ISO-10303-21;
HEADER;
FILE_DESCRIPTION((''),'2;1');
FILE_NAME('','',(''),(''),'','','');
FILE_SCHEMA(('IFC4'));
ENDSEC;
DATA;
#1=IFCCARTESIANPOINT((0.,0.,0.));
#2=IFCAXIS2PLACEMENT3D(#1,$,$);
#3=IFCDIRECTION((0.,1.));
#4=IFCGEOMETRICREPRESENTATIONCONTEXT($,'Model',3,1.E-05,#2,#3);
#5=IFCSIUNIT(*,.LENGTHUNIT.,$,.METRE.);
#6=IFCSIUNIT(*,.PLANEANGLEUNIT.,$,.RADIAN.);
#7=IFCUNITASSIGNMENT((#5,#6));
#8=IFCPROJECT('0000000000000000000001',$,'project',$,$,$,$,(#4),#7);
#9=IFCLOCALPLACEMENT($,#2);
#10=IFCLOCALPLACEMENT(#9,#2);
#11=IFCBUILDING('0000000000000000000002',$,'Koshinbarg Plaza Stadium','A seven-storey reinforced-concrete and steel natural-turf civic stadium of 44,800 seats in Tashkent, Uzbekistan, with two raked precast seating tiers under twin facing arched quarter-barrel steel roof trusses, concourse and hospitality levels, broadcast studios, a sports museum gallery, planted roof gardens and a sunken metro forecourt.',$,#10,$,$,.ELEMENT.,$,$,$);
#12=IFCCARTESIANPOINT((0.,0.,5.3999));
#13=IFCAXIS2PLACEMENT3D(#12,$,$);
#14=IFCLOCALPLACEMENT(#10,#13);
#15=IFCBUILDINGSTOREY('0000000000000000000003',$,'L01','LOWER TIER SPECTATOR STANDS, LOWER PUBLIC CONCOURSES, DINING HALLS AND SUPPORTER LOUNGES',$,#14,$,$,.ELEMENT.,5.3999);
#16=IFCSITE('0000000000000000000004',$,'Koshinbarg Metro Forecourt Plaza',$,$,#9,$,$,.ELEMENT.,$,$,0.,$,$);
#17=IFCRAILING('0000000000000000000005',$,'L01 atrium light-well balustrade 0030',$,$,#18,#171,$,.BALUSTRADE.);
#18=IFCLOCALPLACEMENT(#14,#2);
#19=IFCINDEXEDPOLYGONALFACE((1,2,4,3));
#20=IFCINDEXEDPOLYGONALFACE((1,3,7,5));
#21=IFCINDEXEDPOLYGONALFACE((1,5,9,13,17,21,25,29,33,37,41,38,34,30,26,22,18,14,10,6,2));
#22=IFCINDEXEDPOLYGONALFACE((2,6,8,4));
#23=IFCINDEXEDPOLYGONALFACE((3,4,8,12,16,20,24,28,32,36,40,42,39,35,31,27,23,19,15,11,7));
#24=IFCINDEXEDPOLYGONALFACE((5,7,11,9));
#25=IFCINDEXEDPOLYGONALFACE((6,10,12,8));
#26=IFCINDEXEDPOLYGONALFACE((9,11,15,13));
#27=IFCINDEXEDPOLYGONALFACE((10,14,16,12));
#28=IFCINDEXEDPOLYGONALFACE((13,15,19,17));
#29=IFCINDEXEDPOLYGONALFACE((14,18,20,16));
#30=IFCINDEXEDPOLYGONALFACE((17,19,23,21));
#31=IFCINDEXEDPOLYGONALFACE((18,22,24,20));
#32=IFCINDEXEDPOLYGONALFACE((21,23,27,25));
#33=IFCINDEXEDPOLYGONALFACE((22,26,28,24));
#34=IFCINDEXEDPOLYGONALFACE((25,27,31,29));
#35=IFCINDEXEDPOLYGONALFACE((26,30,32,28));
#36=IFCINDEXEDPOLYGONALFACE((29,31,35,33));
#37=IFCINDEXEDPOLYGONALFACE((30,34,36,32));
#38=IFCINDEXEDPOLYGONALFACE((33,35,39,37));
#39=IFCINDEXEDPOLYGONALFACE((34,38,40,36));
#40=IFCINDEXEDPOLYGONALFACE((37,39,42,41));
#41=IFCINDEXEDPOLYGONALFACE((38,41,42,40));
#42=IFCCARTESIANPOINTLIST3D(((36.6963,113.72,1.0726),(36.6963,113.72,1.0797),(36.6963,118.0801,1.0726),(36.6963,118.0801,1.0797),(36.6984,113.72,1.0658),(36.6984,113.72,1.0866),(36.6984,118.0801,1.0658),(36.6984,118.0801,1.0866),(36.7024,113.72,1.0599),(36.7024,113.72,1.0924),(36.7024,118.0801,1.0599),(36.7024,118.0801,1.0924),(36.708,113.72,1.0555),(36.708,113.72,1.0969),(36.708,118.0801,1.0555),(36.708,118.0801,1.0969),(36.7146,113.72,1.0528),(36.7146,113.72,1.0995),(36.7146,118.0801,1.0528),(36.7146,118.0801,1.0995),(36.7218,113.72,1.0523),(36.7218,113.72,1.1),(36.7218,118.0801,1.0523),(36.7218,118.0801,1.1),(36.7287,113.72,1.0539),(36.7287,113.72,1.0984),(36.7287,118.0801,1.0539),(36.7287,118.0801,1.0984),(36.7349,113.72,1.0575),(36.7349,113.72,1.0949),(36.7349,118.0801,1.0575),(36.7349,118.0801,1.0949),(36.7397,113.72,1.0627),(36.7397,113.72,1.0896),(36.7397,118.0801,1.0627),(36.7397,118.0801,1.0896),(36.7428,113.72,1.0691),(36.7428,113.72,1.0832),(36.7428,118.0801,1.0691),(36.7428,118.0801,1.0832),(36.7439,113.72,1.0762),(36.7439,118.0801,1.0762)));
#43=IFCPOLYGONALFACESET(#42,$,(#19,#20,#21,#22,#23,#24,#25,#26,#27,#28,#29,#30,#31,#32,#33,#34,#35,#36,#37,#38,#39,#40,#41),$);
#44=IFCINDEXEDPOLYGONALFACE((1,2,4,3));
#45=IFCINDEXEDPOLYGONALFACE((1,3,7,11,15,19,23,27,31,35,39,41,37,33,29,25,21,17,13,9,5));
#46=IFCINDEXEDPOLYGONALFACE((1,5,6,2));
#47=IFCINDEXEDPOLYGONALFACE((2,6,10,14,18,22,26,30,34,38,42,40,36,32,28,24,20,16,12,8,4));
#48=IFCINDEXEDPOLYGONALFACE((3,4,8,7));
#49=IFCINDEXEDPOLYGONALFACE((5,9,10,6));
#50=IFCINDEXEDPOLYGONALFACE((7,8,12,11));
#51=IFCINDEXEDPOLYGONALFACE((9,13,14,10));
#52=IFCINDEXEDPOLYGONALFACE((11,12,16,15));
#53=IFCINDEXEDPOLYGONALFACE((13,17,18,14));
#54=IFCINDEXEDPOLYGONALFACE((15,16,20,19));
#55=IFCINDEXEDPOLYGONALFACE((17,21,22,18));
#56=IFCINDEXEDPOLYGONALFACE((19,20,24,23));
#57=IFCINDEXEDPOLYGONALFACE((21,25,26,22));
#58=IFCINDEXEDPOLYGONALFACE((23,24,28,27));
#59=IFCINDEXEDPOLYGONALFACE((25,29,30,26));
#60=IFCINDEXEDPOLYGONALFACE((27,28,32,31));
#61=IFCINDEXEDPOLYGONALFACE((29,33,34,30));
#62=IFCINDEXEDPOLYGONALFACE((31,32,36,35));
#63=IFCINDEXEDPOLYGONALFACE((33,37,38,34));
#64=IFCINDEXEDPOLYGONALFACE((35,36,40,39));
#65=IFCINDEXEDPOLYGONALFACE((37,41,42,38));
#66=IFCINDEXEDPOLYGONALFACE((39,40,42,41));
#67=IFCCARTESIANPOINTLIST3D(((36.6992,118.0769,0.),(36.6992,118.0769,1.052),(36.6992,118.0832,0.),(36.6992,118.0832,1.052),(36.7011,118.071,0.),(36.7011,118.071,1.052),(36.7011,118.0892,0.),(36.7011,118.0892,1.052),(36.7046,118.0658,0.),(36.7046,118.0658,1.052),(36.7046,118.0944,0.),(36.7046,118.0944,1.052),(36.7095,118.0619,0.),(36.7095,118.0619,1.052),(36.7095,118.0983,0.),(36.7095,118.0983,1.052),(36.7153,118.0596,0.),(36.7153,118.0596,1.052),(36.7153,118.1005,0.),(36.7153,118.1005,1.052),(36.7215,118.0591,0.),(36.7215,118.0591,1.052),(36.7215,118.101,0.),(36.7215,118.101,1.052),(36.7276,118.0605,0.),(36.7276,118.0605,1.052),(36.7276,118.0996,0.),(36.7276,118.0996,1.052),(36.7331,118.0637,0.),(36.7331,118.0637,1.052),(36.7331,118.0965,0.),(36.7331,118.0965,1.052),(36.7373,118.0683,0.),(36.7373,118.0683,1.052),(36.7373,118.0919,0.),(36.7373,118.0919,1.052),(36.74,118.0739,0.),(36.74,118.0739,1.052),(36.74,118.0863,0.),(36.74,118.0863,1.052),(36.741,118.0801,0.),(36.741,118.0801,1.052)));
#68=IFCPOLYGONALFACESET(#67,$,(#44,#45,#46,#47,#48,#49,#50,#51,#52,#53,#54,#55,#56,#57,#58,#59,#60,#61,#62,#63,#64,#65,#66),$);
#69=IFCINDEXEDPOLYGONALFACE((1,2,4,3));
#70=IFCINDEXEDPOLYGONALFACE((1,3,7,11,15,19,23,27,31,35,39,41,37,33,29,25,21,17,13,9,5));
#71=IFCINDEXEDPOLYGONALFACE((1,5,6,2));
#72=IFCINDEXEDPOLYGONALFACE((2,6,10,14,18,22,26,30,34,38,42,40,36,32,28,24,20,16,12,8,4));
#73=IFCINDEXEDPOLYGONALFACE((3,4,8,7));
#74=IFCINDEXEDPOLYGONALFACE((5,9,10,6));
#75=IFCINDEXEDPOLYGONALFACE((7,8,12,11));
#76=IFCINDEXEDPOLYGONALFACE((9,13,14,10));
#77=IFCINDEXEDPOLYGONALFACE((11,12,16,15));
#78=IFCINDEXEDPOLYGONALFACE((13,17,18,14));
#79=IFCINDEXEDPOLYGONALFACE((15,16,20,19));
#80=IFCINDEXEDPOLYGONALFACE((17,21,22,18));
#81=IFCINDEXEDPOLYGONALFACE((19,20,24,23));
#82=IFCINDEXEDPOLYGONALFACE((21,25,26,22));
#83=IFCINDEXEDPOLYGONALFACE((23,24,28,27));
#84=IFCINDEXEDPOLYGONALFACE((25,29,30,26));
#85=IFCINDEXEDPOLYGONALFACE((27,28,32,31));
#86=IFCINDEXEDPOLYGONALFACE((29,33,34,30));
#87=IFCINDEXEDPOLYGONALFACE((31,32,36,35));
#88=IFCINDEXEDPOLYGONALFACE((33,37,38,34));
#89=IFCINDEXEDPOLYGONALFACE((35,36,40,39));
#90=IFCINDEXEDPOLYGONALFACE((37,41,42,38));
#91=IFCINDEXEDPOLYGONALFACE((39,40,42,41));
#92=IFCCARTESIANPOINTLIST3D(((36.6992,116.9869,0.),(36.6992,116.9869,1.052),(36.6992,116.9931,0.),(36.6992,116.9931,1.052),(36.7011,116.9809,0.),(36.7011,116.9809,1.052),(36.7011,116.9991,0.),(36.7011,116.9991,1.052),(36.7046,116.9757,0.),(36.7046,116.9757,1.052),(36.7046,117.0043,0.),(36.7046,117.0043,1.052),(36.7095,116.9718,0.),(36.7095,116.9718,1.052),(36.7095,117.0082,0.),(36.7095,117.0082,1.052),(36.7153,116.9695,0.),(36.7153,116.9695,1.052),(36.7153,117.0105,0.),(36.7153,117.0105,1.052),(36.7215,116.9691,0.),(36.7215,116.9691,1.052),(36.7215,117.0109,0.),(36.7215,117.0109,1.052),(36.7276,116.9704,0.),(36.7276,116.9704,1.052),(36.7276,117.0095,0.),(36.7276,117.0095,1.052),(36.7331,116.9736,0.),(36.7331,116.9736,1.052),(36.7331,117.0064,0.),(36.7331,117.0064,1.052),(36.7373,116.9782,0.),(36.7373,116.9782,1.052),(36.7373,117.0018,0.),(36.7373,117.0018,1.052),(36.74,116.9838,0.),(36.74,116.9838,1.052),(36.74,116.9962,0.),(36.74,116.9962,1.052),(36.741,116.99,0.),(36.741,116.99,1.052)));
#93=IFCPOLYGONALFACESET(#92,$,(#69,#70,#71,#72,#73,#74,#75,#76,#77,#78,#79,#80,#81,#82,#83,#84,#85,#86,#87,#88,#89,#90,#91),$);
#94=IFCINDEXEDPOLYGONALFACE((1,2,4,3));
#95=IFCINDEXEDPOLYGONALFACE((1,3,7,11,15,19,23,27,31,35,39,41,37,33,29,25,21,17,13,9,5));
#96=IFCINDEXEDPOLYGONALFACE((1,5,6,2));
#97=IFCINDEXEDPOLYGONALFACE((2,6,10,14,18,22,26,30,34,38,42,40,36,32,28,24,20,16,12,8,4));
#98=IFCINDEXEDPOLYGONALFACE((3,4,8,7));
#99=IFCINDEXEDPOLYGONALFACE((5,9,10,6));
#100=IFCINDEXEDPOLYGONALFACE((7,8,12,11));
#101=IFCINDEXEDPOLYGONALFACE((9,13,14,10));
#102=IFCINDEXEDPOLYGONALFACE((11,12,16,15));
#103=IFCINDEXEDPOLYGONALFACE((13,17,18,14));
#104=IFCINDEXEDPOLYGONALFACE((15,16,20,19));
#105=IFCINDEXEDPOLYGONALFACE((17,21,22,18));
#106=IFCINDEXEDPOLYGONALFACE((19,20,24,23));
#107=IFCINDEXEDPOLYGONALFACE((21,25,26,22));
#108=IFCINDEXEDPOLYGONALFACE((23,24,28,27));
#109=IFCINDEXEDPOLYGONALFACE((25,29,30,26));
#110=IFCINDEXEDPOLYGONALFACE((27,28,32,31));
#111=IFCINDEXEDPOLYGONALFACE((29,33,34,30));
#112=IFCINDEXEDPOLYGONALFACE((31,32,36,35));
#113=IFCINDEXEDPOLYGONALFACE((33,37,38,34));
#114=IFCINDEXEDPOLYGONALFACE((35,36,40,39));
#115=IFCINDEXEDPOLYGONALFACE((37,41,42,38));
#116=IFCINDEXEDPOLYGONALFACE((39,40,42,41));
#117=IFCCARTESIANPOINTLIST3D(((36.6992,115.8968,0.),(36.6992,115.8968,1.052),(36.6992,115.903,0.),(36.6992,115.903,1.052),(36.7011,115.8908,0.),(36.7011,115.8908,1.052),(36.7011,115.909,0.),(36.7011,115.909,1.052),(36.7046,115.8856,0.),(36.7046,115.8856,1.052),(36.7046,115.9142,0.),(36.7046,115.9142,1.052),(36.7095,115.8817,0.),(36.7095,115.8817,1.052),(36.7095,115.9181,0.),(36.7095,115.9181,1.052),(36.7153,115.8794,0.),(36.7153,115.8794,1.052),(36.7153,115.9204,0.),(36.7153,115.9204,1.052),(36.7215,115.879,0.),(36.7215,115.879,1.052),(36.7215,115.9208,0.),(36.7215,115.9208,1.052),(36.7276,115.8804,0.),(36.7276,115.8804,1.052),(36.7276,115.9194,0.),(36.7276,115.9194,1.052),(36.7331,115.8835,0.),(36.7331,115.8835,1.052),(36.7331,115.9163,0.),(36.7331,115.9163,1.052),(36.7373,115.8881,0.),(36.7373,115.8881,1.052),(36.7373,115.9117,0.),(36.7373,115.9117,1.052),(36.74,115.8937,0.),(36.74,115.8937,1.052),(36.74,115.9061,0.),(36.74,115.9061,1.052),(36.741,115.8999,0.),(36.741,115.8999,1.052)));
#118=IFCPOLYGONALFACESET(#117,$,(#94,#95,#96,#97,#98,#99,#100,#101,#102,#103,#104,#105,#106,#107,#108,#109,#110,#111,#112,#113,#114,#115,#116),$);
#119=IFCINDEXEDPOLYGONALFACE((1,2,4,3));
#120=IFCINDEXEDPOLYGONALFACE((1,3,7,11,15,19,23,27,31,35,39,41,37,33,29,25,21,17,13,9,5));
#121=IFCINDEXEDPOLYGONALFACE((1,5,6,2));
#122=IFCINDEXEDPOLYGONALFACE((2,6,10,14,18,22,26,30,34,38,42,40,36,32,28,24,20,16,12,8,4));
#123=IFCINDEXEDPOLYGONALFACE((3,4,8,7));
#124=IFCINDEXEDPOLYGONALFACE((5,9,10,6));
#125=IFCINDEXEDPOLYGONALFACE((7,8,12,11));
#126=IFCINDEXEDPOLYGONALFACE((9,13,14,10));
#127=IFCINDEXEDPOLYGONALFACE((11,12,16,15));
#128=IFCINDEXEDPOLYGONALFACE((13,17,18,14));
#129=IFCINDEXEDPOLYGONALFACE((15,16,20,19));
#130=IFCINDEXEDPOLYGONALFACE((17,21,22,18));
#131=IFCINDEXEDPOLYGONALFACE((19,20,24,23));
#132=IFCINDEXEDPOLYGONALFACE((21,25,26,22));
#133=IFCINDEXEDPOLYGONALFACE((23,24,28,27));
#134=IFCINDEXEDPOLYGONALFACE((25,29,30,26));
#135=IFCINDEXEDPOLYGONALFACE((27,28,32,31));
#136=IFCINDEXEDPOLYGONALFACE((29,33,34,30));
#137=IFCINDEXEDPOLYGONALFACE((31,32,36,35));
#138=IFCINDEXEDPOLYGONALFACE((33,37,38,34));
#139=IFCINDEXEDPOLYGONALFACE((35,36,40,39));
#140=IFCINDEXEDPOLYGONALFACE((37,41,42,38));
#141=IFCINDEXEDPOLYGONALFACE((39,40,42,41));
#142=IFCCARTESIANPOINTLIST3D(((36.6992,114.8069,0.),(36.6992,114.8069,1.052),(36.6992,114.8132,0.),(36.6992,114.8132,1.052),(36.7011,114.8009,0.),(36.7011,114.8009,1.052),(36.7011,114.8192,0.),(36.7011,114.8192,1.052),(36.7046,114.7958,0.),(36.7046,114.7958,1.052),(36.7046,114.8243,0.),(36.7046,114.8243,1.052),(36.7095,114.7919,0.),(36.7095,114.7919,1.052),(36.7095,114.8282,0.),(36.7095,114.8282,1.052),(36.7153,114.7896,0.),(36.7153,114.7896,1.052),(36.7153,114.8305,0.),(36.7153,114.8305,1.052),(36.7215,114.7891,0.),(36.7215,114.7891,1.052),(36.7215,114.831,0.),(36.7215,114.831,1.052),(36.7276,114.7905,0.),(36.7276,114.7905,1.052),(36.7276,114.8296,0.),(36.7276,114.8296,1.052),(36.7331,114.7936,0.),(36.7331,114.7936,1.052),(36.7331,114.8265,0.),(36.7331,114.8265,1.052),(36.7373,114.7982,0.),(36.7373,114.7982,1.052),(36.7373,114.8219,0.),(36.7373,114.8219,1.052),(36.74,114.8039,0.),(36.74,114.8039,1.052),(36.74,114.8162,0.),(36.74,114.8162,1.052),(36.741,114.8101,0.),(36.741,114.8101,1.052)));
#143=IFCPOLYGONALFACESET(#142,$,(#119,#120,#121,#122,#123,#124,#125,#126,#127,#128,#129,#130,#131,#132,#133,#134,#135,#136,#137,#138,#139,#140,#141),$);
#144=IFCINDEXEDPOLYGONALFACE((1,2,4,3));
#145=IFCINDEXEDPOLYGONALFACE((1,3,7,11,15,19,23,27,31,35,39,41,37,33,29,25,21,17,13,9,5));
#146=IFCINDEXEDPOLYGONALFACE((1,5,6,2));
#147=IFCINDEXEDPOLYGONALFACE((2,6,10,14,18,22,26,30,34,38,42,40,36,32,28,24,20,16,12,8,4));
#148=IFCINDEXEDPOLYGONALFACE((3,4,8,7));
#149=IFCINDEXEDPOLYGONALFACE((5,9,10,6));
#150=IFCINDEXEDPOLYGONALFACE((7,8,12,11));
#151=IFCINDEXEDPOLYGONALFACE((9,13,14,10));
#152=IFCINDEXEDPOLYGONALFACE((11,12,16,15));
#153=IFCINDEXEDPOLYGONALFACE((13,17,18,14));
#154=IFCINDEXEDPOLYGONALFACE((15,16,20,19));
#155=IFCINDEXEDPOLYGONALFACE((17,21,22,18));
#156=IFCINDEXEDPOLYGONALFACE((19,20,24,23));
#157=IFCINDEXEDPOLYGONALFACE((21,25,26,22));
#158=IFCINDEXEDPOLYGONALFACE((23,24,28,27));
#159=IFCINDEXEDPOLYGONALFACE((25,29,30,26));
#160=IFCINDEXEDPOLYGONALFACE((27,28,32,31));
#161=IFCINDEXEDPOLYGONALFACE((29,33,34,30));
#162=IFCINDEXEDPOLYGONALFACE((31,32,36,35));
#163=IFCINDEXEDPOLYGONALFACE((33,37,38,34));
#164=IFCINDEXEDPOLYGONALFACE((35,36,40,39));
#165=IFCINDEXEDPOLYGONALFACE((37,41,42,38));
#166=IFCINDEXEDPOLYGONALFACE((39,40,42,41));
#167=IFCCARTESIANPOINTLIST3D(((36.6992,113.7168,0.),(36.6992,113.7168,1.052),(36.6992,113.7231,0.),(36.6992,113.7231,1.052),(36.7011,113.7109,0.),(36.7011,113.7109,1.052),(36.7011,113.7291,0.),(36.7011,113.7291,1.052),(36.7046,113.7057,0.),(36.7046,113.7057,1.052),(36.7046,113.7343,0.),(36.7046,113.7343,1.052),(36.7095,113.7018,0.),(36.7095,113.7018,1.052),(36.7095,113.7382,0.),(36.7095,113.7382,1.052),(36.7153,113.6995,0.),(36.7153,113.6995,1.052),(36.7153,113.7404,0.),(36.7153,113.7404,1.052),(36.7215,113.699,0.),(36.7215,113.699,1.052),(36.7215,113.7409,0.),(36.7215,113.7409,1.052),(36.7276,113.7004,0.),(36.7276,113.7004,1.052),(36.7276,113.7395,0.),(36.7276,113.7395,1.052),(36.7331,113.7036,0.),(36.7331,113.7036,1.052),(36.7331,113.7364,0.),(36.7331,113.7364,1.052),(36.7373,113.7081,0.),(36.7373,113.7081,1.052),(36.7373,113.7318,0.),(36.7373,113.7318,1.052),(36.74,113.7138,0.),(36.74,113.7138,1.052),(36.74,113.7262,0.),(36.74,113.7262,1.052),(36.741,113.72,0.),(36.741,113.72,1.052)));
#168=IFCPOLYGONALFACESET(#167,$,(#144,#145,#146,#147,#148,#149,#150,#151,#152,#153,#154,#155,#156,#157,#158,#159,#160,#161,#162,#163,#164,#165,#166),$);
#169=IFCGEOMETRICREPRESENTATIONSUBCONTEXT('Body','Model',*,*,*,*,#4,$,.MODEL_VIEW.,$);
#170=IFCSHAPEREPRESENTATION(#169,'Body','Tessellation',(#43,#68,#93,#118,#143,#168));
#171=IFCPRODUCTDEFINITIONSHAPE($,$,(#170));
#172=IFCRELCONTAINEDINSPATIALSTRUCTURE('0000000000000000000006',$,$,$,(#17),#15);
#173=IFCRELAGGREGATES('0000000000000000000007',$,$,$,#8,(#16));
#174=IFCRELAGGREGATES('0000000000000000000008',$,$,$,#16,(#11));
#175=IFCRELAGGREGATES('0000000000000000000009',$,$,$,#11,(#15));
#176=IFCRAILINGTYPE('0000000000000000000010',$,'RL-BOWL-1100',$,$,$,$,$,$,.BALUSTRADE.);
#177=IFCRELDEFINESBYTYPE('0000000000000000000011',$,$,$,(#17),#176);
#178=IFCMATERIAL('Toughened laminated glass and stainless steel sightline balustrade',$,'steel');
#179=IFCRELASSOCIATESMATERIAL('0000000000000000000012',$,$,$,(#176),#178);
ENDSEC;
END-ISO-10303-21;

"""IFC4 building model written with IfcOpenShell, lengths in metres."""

from ifc_helpers import new_model, si_unit, direction, frame, origin, origin_2d, place, context, subcontext, project, spatial, circle, extrude, material, type_object, element, save


model = new_model("IFC4")

# Units and contexts
model_context = context("Model", 3, precision=1e-05, world=origin(), true_north=direction((0.0, 1.0)))
body_context = subcontext(model_context, "Body", "Model", "MODEL_VIEW")
ifc_project = project(units=[si_unit("LENGTHUNIT", "METRE"), si_unit("PLANEANGLEUNIT", "RADIAN")], contexts=[model_context])

# Site, building, storey
site_placement = place(None, origin())
site = spatial("IfcSite", under=ifc_project, at=site_placement, Name="Koshinbarg Metro Forecourt Plaza", CompositionType="ELEMENT", RefElevation=0.0)
building_placement = place(site_placement, origin())
building = spatial("IfcBuilding", under=site, at=building_placement, Name="Koshinbarg Plaza Stadium", Description="A seven-storey reinforced-concrete and steel natural-turf civic stadium of 44,800 seats in Tashkent, Uzbekistan, with two raked precast seating tiers under twin facing arched quarter-barrel steel roof trusses, concourse and hospitality levels, broadcast studios, a sports museum gallery, planted roof gardens and a sunken metro forecourt.", CompositionType="ELEMENT")
storey_placement = place(building_placement, frame((0.0, 0.0, 5.3999)))
storey = spatial("IfcBuildingStorey", under=building, at=storey_placement, Name="L01", Description="LOWER TIER SPECTATOR STANDS, LOWER PUBLIC CONCOURSES, DINING HALLS AND SUPPORTER LOUNGES", CompositionType="ELEMENT", Elevation=5.3999)

# Railing
ifc_material_1 = material(Name="Toughened laminated glass and stainless steel sightline balustrade", Category="steel")
railing_type_1 = type_object("IfcRailingType", Name="RL-BOWL-1100", PredefinedType="BALUSTRADE", material=ifc_material_1)
railing_1_placement = place(storey_placement, frame((36.72, 118.0801, 0.0)))
element("IfcRailing", 1, at=railing_1_placement, inside=storey, type_object=railing_type_1, Name="L01 atrium light-well balustrade 0030", PredefinedType="BALUSTRADE", context=body_context, shape_type="SweptSolid", body=[
    extrude(circle(Radius=0.0239, at=origin_2d()), frame((0.0, 0.0, 1.0762), z_axis=(0.0, -1.0, 0.0), x_axis=(1.0, 0.0, 0.0)), (0.0, 0.0, 1.0), 4.3601),
    extrude(circle(Radius=0.021, at=origin_2d()), origin(), (0.0, 0.0, 1.0), 1.052),
    extrude(circle(Radius=0.021, at=origin_2d()), frame((0.0, -1.0901, 0.0)), (0.0, 0.0, 1.0), 1.052),
    extrude(circle(Radius=0.021, at=origin_2d()), frame((0.0, -2.1802, 0.0)), (0.0, 0.0, 1.0), 1.052),
    extrude(circle(Radius=0.021, at=origin_2d()), frame((0.0, -3.27, 0.0)), (0.0, 0.0, 1.0), 1.052),
    extrude(circle(Radius=0.021, at=origin_2d()), frame((0.0, -4.3601, 0.0)), (0.0, 0.0, 1.0), 1.052),
])

save(model, "model.ifc")
